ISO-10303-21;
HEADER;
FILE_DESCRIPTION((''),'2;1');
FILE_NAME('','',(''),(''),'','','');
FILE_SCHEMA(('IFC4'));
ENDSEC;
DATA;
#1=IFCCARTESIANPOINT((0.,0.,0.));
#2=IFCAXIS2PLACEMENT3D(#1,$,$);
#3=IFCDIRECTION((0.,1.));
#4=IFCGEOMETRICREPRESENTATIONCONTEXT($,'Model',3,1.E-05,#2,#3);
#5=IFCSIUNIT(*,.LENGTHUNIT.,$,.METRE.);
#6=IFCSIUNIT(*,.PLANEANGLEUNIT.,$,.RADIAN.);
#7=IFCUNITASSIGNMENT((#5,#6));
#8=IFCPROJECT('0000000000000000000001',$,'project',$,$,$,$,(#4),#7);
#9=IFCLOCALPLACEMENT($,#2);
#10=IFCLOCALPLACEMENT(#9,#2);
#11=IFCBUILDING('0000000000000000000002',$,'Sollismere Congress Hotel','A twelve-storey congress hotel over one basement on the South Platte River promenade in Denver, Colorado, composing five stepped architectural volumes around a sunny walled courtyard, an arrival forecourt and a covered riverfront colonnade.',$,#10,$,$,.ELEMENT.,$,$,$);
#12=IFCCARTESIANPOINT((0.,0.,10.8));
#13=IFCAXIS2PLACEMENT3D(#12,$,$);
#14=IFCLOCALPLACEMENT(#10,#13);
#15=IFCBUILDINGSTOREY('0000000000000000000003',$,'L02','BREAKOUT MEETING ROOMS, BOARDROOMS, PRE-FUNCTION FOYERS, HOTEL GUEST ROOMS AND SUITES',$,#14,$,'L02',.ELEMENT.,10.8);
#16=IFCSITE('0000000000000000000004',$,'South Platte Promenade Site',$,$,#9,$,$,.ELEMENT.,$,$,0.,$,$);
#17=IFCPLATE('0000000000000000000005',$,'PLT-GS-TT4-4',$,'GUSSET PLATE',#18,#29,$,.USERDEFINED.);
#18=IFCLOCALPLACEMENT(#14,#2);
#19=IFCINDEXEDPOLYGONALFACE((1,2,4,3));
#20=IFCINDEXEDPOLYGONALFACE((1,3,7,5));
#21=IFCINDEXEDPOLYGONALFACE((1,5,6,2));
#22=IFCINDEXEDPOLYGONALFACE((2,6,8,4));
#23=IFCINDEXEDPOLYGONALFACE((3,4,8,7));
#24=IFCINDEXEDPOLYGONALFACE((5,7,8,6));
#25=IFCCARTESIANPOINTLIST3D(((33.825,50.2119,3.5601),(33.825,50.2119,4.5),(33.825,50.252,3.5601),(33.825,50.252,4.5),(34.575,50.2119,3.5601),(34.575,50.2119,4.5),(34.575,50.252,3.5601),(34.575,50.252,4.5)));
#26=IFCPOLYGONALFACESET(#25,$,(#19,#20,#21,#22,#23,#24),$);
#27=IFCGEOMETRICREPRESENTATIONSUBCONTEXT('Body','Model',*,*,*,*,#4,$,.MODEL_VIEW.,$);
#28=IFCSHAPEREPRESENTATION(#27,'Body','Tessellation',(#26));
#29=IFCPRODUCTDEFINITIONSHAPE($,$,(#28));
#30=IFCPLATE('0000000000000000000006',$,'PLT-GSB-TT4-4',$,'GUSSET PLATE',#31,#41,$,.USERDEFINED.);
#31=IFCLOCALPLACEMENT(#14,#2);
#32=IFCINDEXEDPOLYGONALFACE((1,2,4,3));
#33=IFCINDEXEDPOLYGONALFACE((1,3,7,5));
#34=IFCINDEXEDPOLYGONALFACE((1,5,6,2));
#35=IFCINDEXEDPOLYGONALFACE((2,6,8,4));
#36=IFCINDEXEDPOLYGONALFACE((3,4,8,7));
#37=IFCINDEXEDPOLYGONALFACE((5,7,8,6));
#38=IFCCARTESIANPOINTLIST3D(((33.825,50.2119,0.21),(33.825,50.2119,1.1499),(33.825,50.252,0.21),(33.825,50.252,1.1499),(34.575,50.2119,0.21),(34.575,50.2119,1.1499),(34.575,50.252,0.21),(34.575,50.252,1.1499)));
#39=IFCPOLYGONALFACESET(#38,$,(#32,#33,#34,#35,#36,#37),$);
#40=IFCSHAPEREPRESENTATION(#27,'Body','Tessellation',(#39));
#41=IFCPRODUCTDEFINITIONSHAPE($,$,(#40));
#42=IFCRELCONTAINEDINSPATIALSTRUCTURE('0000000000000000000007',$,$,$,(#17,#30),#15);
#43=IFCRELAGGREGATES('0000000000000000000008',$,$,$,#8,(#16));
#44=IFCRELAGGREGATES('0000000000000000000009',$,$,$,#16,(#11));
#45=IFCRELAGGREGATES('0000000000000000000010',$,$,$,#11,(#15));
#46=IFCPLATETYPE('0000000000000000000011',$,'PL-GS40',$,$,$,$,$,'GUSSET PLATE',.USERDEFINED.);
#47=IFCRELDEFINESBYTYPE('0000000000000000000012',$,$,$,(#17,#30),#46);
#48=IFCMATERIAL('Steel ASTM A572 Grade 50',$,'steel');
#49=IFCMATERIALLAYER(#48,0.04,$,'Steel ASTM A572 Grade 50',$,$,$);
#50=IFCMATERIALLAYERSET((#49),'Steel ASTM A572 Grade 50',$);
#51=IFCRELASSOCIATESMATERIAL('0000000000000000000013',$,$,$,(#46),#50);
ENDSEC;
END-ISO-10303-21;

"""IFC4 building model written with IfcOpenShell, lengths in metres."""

from ifc_helpers import new_model, si_unit, direction, frame, origin, origin_2d, place, context, subcontext, project, spatial, rectangle, extrude, material, layer, layer_set, type_object, element, save


model = new_model("IFC4")

# Units and contexts
model_context = context("Model", 3, precision=1e-05, world=origin(), true_north=direction((0.0, 1.0)))
body_context = subcontext(model_context, "Body", "Model", "MODEL_VIEW")
ifc_project = project(units=[si_unit("LENGTHUNIT", "METRE"), si_unit("PLANEANGLEUNIT", "RADIAN")], contexts=[model_context])

# Site, building, storey
site_placement = place(None, origin())
site = spatial("IfcSite", under=ifc_project, at=site_placement, Name="South Platte Promenade Site", CompositionType="ELEMENT", RefElevation=0.0)
building_placement = place(site_placement, origin())
building = spatial("IfcBuilding", under=site, at=building_placement, Name="Sollismere Congress Hotel", Description="A twelve-storey congress hotel over one basement on the South Platte River promenade in Denver, Colorado, composing five stepped architectural volumes around a sunny walled courtyard, an arrival forecourt and a covered riverfront colonnade.", CompositionType="ELEMENT")
storey_placement = place(building_placement, frame((0.0, 0.0, 10.8)))
storey = spatial("IfcBuildingStorey", under=building, at=storey_placement, Name="L02", Description="BREAKOUT MEETING ROOMS, BOARDROOMS, PRE-FUNCTION FOYERS, HOTEL GUEST ROOMS AND SUITES", LongName="L02", CompositionType="ELEMENT", Elevation=10.8)

# Plates
ifc_material_1 = material(Name="Steel ASTM A572 Grade 50", Category="steel")
ifc_layer = layer(ifc_material_1, 0.04, Name="Steel ASTM A572 Grade 50")
ifc_layer_set = layer_set([ifc_layer], Name="Steel ASTM A572 Grade 50")
plate_type = type_object("IfcPlateType", Name="PL-GS40", ElementType="GUSSET PLATE", PredefinedType="USERDEFINED", material=ifc_layer_set)
for number, where, z_axis, x_axis, name in (
    (1, (34.2, 50.2319, 3.5601), (0.0, 0.0, 1.0), (1.0, 0.0, 0.0), "PLT-GS-TT4-4"),
    (2, (34.2, 50.2319, 0.21), (0.0, 0.0, 1.0), (1.0, 0.0, 0.0), "PLT-GSB-TT4-4"),
):
    element("IfcPlate", number, at=place(storey_placement, frame(where, z_axis=z_axis, x_axis=x_axis)), inside=storey, type_object=plate_type, Name=name, ObjectType="GUSSET PLATE", PredefinedType="USERDEFINED", context=body_context, shape_type="SweptSolid", body=[
        extrude(rectangle(XDim=0.75, YDim=0.04, at=origin_2d()), origin(), (0.0, 0.0, 1.0), 0.9399),
    ])

save(model, "model.ifc")
